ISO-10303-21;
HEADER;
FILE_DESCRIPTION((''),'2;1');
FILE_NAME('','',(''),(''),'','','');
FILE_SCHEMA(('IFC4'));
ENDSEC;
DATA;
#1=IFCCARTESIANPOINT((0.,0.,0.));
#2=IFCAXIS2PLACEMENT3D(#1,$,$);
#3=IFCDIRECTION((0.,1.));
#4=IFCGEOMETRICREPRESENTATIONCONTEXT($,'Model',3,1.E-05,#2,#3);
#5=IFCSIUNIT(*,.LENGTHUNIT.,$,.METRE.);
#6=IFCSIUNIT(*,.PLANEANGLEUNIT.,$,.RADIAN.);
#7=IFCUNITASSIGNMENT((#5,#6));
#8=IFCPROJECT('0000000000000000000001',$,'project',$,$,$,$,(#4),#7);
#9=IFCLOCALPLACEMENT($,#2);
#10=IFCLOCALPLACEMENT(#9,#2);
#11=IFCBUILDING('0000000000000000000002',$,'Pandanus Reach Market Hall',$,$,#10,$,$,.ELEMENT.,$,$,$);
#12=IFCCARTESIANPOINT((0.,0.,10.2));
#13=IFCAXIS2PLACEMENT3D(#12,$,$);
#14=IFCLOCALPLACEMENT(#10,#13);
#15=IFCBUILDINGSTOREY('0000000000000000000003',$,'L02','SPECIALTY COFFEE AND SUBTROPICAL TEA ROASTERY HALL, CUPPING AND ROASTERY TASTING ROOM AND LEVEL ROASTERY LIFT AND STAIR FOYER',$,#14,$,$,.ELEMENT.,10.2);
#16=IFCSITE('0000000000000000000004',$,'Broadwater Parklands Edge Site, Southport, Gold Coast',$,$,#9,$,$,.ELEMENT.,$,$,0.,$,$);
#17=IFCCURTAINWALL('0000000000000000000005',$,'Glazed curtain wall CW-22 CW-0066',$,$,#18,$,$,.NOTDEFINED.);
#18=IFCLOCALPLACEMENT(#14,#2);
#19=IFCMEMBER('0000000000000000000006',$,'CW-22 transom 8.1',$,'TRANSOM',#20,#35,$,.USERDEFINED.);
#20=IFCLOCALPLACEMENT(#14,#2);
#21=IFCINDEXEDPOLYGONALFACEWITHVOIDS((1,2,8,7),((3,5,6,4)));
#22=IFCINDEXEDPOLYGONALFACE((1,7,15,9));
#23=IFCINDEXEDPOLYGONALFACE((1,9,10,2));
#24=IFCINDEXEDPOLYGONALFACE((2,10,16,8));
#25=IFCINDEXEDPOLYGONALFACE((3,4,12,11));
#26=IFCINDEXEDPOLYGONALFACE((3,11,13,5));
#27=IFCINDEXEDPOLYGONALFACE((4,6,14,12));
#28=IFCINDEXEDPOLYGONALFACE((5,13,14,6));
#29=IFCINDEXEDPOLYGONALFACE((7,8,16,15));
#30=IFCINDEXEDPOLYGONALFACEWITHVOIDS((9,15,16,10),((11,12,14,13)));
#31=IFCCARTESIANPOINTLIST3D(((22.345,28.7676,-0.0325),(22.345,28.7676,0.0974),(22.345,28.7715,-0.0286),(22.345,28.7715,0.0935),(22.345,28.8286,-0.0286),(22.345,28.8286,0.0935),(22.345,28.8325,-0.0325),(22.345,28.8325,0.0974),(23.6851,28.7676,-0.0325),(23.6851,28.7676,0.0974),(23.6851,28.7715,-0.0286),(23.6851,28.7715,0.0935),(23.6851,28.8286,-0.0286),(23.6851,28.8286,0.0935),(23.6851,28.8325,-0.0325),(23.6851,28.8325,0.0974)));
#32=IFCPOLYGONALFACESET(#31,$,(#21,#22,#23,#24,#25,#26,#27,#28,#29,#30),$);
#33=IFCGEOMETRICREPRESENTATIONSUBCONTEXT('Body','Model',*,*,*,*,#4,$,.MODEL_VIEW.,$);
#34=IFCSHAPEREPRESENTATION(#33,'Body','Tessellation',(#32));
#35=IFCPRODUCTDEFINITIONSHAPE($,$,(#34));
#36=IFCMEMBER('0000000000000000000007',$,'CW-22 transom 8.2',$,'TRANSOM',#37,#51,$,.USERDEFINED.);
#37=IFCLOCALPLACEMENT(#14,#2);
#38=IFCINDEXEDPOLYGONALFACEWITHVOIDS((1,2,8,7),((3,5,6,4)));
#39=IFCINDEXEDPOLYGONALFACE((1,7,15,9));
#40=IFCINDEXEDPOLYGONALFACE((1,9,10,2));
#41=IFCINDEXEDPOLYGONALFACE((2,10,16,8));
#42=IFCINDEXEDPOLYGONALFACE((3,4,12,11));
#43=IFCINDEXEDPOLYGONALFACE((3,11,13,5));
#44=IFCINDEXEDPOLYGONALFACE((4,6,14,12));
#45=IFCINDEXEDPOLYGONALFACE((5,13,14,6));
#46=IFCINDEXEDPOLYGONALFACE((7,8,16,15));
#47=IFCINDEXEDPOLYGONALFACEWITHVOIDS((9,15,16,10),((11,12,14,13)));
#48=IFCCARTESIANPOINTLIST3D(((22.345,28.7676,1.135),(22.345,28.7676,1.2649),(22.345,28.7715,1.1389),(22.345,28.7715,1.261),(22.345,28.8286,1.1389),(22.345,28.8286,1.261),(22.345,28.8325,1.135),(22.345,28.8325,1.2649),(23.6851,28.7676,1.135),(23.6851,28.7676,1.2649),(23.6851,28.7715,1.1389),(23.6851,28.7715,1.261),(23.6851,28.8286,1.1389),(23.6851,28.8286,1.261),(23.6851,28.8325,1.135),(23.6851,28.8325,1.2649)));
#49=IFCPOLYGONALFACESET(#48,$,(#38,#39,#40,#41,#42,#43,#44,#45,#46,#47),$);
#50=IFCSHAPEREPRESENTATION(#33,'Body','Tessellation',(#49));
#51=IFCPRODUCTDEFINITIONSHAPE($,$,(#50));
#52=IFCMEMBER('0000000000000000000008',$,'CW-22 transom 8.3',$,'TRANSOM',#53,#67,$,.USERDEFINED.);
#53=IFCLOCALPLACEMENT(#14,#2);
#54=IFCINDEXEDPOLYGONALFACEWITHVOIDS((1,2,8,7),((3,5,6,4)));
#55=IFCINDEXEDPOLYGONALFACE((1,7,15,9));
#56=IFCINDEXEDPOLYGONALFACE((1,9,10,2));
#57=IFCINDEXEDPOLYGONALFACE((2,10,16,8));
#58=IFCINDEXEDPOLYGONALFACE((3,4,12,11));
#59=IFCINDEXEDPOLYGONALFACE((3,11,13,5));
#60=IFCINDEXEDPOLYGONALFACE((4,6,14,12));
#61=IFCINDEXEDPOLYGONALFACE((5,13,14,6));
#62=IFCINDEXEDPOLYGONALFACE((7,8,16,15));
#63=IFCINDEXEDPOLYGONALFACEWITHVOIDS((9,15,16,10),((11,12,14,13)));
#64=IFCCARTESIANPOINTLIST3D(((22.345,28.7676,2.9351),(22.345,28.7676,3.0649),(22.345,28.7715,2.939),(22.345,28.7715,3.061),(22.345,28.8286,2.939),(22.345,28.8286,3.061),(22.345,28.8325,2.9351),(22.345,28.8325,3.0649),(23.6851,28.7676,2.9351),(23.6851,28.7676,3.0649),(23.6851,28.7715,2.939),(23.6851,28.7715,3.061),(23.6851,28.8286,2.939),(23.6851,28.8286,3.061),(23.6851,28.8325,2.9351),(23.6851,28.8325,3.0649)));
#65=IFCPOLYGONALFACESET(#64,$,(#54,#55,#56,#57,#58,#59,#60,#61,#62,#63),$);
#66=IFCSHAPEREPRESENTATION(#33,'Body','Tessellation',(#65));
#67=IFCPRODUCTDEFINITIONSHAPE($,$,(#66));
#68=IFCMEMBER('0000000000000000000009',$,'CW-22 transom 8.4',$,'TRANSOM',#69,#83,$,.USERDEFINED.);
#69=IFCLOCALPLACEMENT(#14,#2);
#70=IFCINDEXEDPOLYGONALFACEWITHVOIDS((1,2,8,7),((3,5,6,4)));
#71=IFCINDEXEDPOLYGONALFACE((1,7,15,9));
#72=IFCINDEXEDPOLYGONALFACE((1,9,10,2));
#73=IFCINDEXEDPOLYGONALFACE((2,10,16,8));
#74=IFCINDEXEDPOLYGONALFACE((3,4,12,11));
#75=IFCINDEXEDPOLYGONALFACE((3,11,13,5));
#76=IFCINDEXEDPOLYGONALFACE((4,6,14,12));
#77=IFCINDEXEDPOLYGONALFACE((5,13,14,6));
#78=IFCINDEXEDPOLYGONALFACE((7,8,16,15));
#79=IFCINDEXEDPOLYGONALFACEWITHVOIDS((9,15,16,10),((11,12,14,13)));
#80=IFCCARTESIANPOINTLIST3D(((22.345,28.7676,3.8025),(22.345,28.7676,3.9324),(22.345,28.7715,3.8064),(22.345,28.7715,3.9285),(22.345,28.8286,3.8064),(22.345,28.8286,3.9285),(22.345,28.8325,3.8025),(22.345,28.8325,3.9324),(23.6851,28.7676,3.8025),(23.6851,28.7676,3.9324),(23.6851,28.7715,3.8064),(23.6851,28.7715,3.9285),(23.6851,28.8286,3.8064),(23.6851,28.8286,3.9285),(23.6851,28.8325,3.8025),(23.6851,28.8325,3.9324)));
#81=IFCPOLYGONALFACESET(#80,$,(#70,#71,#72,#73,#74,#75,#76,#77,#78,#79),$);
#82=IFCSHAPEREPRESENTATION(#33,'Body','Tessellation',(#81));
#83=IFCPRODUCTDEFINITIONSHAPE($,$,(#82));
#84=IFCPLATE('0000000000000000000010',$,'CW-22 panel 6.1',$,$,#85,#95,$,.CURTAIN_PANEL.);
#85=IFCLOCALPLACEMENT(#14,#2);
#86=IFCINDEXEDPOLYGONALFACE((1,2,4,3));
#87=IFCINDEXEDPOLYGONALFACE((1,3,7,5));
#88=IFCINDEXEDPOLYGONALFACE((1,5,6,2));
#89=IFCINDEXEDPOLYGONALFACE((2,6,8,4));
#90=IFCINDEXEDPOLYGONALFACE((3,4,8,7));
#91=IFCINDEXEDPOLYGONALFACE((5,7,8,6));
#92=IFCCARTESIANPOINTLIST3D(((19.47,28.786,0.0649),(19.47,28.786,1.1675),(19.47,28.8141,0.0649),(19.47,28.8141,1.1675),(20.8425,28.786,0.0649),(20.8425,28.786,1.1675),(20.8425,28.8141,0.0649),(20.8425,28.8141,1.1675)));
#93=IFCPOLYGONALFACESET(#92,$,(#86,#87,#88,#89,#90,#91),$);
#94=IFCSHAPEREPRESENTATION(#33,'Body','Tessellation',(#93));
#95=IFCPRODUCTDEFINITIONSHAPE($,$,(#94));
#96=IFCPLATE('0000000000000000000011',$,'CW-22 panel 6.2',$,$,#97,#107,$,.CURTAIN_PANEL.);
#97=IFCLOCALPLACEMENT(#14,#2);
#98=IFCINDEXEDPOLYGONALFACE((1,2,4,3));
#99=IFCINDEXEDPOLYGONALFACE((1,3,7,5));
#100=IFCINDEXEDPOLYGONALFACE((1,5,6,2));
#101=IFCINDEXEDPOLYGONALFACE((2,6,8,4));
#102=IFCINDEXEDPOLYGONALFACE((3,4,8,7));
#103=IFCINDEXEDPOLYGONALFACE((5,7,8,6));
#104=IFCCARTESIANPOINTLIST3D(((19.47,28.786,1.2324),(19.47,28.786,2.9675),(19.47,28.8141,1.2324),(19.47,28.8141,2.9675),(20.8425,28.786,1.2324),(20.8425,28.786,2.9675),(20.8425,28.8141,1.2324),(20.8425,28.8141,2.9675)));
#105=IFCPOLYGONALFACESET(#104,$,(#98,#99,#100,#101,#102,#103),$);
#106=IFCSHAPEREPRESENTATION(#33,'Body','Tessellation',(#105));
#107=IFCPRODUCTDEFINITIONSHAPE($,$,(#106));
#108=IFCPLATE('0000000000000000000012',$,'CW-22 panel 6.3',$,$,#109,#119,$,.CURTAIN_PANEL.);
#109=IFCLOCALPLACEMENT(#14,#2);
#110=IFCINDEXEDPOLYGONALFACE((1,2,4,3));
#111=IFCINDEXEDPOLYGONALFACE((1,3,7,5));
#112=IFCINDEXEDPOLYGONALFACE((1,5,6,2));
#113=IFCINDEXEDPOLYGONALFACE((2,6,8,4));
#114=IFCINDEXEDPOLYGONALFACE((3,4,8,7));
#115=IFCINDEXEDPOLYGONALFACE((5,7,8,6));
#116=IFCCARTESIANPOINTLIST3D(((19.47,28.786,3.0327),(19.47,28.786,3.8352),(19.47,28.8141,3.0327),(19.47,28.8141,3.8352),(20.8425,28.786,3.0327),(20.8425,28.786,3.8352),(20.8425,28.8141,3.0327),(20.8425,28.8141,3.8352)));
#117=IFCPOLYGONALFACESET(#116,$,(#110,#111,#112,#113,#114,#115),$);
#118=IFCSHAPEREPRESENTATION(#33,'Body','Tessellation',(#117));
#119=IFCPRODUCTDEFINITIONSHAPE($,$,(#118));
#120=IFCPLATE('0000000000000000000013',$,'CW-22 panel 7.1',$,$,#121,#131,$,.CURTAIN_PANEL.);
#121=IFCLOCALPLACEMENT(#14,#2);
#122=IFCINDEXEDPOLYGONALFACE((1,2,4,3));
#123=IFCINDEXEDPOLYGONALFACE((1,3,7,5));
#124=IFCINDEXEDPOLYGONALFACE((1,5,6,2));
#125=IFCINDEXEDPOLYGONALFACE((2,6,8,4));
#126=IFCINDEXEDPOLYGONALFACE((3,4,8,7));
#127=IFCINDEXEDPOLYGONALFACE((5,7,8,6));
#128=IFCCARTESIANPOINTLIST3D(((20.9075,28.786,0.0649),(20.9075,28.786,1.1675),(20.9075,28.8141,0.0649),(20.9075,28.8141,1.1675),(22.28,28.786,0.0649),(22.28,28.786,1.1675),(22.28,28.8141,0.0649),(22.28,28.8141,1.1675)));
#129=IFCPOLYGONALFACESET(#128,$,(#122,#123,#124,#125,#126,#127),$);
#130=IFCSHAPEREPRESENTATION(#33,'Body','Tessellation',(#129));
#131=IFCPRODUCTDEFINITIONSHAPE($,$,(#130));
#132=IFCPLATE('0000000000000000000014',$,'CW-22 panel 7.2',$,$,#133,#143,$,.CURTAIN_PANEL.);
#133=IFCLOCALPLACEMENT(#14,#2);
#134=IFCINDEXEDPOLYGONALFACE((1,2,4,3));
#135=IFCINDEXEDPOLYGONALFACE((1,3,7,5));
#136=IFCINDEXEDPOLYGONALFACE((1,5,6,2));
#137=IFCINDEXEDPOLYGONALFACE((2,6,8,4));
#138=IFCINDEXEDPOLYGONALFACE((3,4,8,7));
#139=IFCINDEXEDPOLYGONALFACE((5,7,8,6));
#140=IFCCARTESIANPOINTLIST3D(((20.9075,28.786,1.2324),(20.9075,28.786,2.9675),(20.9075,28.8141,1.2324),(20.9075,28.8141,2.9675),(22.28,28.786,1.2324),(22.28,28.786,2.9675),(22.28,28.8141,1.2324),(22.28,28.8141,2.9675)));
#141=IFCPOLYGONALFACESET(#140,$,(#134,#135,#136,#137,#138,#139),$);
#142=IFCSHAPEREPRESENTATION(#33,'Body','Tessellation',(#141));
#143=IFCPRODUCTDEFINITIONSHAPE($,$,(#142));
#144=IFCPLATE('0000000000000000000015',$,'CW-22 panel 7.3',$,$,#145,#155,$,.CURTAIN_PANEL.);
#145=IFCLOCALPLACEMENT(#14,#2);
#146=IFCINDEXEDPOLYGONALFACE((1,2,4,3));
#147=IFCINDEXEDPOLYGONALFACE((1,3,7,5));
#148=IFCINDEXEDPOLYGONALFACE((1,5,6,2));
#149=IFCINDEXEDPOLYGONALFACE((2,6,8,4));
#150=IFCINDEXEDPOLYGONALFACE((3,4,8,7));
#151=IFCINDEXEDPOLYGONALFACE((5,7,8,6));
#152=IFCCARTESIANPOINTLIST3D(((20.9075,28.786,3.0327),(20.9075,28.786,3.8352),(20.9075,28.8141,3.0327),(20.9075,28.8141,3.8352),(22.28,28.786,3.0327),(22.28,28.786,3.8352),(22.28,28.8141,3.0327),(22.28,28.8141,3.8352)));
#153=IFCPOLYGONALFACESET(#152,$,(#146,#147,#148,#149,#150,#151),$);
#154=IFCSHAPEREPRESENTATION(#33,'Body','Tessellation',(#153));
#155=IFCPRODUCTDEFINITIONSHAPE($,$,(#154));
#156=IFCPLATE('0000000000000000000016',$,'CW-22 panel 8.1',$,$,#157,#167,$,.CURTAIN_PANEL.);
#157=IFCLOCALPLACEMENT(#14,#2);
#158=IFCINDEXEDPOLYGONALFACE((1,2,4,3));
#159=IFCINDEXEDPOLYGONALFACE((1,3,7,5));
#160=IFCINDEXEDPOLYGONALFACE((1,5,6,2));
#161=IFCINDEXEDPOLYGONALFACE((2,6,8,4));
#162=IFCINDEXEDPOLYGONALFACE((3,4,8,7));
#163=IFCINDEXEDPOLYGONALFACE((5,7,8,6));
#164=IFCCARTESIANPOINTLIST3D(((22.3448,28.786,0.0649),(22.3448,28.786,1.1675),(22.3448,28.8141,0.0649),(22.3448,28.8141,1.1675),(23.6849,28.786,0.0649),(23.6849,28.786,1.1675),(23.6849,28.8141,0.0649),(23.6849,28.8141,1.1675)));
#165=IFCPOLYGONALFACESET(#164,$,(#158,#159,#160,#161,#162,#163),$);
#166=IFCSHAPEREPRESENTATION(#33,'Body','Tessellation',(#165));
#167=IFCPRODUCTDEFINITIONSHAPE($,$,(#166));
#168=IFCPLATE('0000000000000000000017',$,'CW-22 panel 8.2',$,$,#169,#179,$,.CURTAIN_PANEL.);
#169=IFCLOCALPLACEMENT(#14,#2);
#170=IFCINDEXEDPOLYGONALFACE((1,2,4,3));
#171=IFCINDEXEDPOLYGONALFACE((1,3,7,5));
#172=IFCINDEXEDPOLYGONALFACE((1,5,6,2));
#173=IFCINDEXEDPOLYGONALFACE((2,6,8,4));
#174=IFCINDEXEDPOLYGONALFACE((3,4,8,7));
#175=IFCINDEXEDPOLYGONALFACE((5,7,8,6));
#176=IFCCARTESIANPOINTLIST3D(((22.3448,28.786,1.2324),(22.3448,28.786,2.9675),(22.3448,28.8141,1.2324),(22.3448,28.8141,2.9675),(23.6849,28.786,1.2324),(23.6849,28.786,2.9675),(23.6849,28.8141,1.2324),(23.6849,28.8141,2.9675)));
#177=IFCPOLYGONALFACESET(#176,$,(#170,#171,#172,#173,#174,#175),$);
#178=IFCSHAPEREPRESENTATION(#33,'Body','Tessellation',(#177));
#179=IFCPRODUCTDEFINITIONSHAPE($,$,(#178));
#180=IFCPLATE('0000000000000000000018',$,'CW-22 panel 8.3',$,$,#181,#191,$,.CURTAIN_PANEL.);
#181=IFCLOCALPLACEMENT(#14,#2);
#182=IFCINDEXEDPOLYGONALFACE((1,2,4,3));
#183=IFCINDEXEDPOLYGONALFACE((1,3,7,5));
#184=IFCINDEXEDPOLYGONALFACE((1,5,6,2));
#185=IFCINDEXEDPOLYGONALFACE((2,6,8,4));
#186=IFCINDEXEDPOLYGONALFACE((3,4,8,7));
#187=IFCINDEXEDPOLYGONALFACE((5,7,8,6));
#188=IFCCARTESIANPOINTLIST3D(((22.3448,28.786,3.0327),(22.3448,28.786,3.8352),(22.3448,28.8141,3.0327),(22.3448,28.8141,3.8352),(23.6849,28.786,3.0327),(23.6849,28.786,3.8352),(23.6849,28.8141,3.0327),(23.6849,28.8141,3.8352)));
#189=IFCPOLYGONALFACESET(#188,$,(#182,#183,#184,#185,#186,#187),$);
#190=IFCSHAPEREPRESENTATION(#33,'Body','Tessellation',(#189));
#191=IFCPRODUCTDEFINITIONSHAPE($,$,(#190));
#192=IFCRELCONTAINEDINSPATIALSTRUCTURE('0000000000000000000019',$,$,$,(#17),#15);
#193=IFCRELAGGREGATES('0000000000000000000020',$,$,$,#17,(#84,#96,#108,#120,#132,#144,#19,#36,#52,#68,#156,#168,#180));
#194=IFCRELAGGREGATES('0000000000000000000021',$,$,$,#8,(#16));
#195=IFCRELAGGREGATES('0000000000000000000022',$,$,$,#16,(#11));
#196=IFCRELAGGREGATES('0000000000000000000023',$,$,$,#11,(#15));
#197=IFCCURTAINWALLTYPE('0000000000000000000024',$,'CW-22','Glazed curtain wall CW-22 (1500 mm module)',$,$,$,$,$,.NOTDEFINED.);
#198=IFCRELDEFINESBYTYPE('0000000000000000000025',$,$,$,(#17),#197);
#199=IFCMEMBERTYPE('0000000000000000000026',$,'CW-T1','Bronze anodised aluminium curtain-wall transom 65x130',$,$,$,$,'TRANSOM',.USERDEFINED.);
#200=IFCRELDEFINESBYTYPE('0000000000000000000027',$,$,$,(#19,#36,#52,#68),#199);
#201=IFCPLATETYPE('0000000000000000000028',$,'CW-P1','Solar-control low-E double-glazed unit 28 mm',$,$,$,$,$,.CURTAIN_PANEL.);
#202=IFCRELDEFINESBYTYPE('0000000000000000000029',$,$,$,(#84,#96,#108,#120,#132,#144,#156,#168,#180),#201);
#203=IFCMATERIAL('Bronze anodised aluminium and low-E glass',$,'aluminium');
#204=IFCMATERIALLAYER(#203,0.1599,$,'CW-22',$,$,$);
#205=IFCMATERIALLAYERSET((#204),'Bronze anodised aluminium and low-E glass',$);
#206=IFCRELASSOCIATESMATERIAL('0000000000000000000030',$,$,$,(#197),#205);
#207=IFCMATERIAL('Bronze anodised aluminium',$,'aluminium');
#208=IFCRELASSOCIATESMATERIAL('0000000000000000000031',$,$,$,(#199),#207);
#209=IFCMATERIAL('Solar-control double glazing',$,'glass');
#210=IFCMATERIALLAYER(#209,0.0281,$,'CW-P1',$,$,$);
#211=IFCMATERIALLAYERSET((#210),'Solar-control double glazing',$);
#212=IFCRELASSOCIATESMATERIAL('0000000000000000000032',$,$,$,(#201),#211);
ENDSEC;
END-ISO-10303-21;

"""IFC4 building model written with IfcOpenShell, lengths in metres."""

from ifc_helpers import new_model, si_unit, direction, frame, origin, origin_2d, place, context, subcontext, project, spatial, rectangle, hollow_rectangle, extrude, material, layer, layer_set, material_profile, profile_set, type_object, element, aggregate, save


model = new_model("IFC4")

# Units and contexts
model_context = context("Model", 3, precision=1e-05, world=origin(), true_north=direction((0.0, 1.0)))
body_context = subcontext(model_context, "Body", "Model", "MODEL_VIEW")
ifc_project = project(units=[si_unit("LENGTHUNIT", "METRE"), si_unit("PLANEANGLEUNIT", "RADIAN")], contexts=[model_context])

# Site, building, storey
site_placement = place(None, origin())
site = spatial("IfcSite", under=ifc_project, at=site_placement, Name="Broadwater Parklands Edge Site, Southport, Gold Coast", CompositionType="ELEMENT", RefElevation=0.0)
building_placement = place(site_placement, origin())
building = spatial("IfcBuilding", under=site, at=building_placement, Name="Pandanus Reach Market Hall", CompositionType="ELEMENT")
storey_placement = place(building_placement, frame((0.0, 0.0, 10.2)))
storey = spatial("IfcBuildingStorey", under=building, at=storey_placement, Name="L02", Description="SPECIALTY COFFEE AND SUBTROPICAL TEA ROASTERY HALL, CUPPING AND ROASTERY TASTING ROOM AND LEVEL ROASTERY LIFT AND STAIR FOYER", CompositionType="ELEMENT", Elevation=10.2)

# Curtain wall, members, plates
ifc_material_1 = material(Name="Bronze anodised aluminium and low-E glass", Category="aluminium")
ifc_layer_1 = layer(ifc_material_1, 0.1599, Name="CW-22")
ifc_layer_set_1 = layer_set([ifc_layer_1], Name="Bronze anodised aluminium and low-E glass")
curtain_wall_type = type_object("IfcCurtainWallType", Name="CW-22", Description="Glazed curtain wall CW-22 (1500 mm module)", PredefinedType="NOTDEFINED", material=ifc_layer_set_1)
curtain_wall_placement = place(storey_placement, origin())
curtain_wall = element("IfcCurtainWall", 1, at=curtain_wall_placement, inside=storey, type_object=curtain_wall_type, Name="Glazed curtain wall CW-22 CW-0066", PredefinedType="NOTDEFINED")
ifc_material_2 = material(Name="Bronze anodised aluminium", Category="aluminium")
ifc_material_profile_1 = material_profile(ifc_material_2, hollow_rectangle(XDim=0.0649, YDim=0.1299, WallThickness=0.0039, at=origin_2d()), Name="ALU65x130", Category="LoadBearing")
ifc_profile_set_1 = profile_set([ifc_material_profile_1], Name="Bronze anodised aluminium")
member_type_1 = type_object("IfcMemberType", Name="CW-T1", Description="Bronze anodised aluminium curtain-wall transom 65x130", ElementType="TRANSOM", PredefinedType="USERDEFINED", material=ifc_profile_set_1)
member_1_placement = place(storey_placement, frame((22.345, 28.8, 0.0325), z_axis=(1.0, 0.0, 0.0), x_axis=(0.0, 1.0, 0.0)))
member_1 = element("IfcMember", 2, at=member_1_placement, type_object=member_type_1, Name="CW-22 transom 8.1", ObjectType="TRANSOM", PredefinedType="USERDEFINED", context=body_context, shape_type="SweptSolid", body=[
    extrude(hollow_rectangle(XDim=0.0649, YDim=0.1299, WallThickness=0.0039, at=origin_2d()), origin(), (0.0, 0.0, 1.0), 1.3401),
])
member_2_placement = place(storey_placement, frame((22.345, 28.8, 1.2), z_axis=(1.0, 0.0, 0.0), x_axis=(0.0, 1.0, 0.0)))
member_2 = element("IfcMember", 3, at=member_2_placement, type_object=member_type_1, Name="CW-22 transom 8.2", ObjectType="TRANSOM", PredefinedType="USERDEFINED", context=body_context, shape_type="SweptSolid", body=[
    extrude(hollow_rectangle(XDim=0.0649, YDim=0.1299, WallThickness=0.0039, at=origin_2d()), origin(), (0.0, 0.0, 1.0), 1.3401),
])
member_3_placement = place(storey_placement, frame((22.345, 28.8, 3.0), z_axis=(1.0, 0.0, 0.0), x_axis=(0.0, 1.0, 0.0)))
member_3 = element("IfcMember", 4, at=member_3_placement, type_object=member_type_1, Name="CW-22 transom 8.3", ObjectType="TRANSOM", PredefinedType="USERDEFINED", context=body_context, shape_type="SweptSolid", body=[
    extrude(hollow_rectangle(XDim=0.0649, YDim=0.1299, WallThickness=0.0039, at=origin_2d()), origin(), (0.0, 0.0, 1.0), 1.3401),
])
member_4_placement = place(storey_placement, frame((22.345, 28.8, 3.8674), z_axis=(1.0, 0.0, 0.0), x_axis=(0.0, 1.0, 0.0)))
member_4 = element("IfcMember", 5, at=member_4_placement, type_object=member_type_1, Name="CW-22 transom 8.4", ObjectType="TRANSOM", PredefinedType="USERDEFINED", context=body_context, shape_type="SweptSolid", body=[
    extrude(hollow_rectangle(XDim=0.0649, YDim=0.1299, WallThickness=0.0039, at=origin_2d()), origin(), (0.0, 0.0, 1.0), 1.3401),
])
ifc_material_3 = material(Name="Solar-control double glazing", Category="glass")
ifc_layer_2 = layer(ifc_material_3, 0.0281, Name="CW-P1")
ifc_layer_set_2 = layer_set([ifc_layer_2], Name="Solar-control double glazing")
plate_type = type_object("IfcPlateType", Name="CW-P1", Description="Solar-control low-E double-glazed unit 28 mm", PredefinedType="CURTAIN_PANEL", material=ifc_layer_set_2)
plate_1_placement = place(storey_placement, frame((20.1562, 28.8, 0.0649), z_axis=(0.0, 0.0, 1.0), x_axis=(1.0, 0.0, 0.0)))
plate_1 = element("IfcPlate", 6, at=plate_1_placement, type_object=plate_type, Name="CW-22 panel 6.1", PredefinedType="CURTAIN_PANEL", context=body_context, shape_type="SweptSolid", body=[
    extrude(rectangle(XDim=1.3726, YDim=0.0281, at=origin_2d()), origin(), (0.0, 0.0, 1.0), 1.1025),
])
plate_2_placement = place(storey_placement, frame((20.1562, 28.8, 1.2324), z_axis=(0.0, 0.0, 1.0), x_axis=(1.0, 0.0, 0.0)))
plate_2 = element("IfcPlate", 7, at=plate_2_placement, type_object=plate_type, Name="CW-22 panel 6.2", PredefinedType="CURTAIN_PANEL", context=body_context, shape_type="SweptSolid", body=[
    extrude(rectangle(XDim=1.3726, YDim=0.0281, at=origin_2d()), origin(), (0.0, 0.0, 1.0), 1.7351),
])
plate_3_placement = place(storey_placement, frame((20.1562, 28.8, 3.0327), z_axis=(0.0, 0.0, 1.0), x_axis=(1.0, 0.0, 0.0)))
plate_3 = element("IfcPlate", 8, at=plate_3_placement, type_object=plate_type, Name="CW-22 panel 6.3", PredefinedType="CURTAIN_PANEL", context=body_context, shape_type="SweptSolid", body=[
    extrude(rectangle(XDim=1.3726, YDim=0.0281, at=origin_2d()), origin(), (0.0, 0.0, 1.0), 0.8025),
])
plate_4_placement = place(storey_placement, frame((21.5938, 28.8, 0.0649), z_axis=(0.0, 0.0, 1.0), x_axis=(1.0, 0.0, 0.0)))
plate_4 = element("IfcPlate", 9, at=plate_4_placement, type_object=plate_type, Name="CW-22 panel 7.1", PredefinedType="CURTAIN_PANEL", context=body_context, shape_type="SweptSolid", body=[
    extrude(rectangle(XDim=1.3726, YDim=0.0281, at=origin_2d()), origin(), (0.0, 0.0, 1.0), 1.1025),
])
plate_5_placement = place(storey_placement, frame((21.5938, 28.8, 1.2324), z_axis=(0.0, 0.0, 1.0), x_axis=(1.0, 0.0, 0.0)))
plate_5 = element("IfcPlate", 10, at=plate_5_placement, type_object=plate_type, Name="CW-22 panel 7.2", PredefinedType="CURTAIN_PANEL", context=body_context, shape_type="SweptSolid", body=[
    extrude(rectangle(XDim=1.3726, YDim=0.0281, at=origin_2d()), origin(), (0.0, 0.0, 1.0), 1.7351),
])
plate_6_placement = place(storey_placement, frame((21.5938, 28.8, 3.0327), z_axis=(0.0, 0.0, 1.0), x_axis=(1.0, 0.0, 0.0)))
plate_6 = element("IfcPlate", 11, at=plate_6_placement, type_object=plate_type, Name="CW-22 panel 7.3", PredefinedType="CURTAIN_PANEL", context=body_context, shape_type="SweptSolid", body=[
    extrude(rectangle(XDim=1.3726, YDim=0.0281, at=origin_2d()), origin(), (0.0, 0.0, 1.0), 0.8025),
])
plate_7_placement = place(storey_placement, frame((23.0149, 28.8, 0.0649), z_axis=(0.0, 0.0, 1.0), x_axis=(1.0, 0.0, 0.0)))
plate_7 = element("IfcPlate", 12, at=plate_7_placement, type_object=plate_type, Name="CW-22 panel 8.1", PredefinedType="CURTAIN_PANEL", context=body_context, shape_type="SweptSolid", body=[
    extrude(rectangle(XDim=1.3401, YDim=0.0281, at=origin_2d()), origin(), (0.0, 0.0, 1.0), 1.1025),
])
plate_8_placement = place(storey_placement, frame((23.0149, 28.8, 1.2324), z_axis=(0.0, 0.0, 1.0), x_axis=(1.0, 0.0, 0.0)))
plate_8 = element("IfcPlate", 13, at=plate_8_placement, type_object=plate_type, Name="CW-22 panel 8.2", PredefinedType="CURTAIN_PANEL", context=body_context, shape_type="SweptSolid", body=[
    extrude(rectangle(XDim=1.3401, YDim=0.0281, at=origin_2d()), origin(), (0.0, 0.0, 1.0), 1.7351),
])
plate_9_placement = place(storey_placement, frame((23.0149, 28.8, 3.0327), z_axis=(0.0, 0.0, 1.0), x_axis=(1.0, 0.0, 0.0)))
plate_9 = element("IfcPlate", 14, at=plate_9_placement, type_object=plate_type, Name="CW-22 panel 8.3", PredefinedType="CURTAIN_PANEL", context=body_context, shape_type="SweptSolid", body=[
    extrude(rectangle(XDim=1.3401, YDim=0.0281, at=origin_2d()), origin(), (0.0, 0.0, 1.0), 0.8025),
])
aggregate(curtain_wall, [plate_1, plate_2, plate_3, plate_4, plate_5, plate_6, member_1, member_2, member_3, member_4, plate_7, plate_8, plate_9])

save(model, "model.ifc")
